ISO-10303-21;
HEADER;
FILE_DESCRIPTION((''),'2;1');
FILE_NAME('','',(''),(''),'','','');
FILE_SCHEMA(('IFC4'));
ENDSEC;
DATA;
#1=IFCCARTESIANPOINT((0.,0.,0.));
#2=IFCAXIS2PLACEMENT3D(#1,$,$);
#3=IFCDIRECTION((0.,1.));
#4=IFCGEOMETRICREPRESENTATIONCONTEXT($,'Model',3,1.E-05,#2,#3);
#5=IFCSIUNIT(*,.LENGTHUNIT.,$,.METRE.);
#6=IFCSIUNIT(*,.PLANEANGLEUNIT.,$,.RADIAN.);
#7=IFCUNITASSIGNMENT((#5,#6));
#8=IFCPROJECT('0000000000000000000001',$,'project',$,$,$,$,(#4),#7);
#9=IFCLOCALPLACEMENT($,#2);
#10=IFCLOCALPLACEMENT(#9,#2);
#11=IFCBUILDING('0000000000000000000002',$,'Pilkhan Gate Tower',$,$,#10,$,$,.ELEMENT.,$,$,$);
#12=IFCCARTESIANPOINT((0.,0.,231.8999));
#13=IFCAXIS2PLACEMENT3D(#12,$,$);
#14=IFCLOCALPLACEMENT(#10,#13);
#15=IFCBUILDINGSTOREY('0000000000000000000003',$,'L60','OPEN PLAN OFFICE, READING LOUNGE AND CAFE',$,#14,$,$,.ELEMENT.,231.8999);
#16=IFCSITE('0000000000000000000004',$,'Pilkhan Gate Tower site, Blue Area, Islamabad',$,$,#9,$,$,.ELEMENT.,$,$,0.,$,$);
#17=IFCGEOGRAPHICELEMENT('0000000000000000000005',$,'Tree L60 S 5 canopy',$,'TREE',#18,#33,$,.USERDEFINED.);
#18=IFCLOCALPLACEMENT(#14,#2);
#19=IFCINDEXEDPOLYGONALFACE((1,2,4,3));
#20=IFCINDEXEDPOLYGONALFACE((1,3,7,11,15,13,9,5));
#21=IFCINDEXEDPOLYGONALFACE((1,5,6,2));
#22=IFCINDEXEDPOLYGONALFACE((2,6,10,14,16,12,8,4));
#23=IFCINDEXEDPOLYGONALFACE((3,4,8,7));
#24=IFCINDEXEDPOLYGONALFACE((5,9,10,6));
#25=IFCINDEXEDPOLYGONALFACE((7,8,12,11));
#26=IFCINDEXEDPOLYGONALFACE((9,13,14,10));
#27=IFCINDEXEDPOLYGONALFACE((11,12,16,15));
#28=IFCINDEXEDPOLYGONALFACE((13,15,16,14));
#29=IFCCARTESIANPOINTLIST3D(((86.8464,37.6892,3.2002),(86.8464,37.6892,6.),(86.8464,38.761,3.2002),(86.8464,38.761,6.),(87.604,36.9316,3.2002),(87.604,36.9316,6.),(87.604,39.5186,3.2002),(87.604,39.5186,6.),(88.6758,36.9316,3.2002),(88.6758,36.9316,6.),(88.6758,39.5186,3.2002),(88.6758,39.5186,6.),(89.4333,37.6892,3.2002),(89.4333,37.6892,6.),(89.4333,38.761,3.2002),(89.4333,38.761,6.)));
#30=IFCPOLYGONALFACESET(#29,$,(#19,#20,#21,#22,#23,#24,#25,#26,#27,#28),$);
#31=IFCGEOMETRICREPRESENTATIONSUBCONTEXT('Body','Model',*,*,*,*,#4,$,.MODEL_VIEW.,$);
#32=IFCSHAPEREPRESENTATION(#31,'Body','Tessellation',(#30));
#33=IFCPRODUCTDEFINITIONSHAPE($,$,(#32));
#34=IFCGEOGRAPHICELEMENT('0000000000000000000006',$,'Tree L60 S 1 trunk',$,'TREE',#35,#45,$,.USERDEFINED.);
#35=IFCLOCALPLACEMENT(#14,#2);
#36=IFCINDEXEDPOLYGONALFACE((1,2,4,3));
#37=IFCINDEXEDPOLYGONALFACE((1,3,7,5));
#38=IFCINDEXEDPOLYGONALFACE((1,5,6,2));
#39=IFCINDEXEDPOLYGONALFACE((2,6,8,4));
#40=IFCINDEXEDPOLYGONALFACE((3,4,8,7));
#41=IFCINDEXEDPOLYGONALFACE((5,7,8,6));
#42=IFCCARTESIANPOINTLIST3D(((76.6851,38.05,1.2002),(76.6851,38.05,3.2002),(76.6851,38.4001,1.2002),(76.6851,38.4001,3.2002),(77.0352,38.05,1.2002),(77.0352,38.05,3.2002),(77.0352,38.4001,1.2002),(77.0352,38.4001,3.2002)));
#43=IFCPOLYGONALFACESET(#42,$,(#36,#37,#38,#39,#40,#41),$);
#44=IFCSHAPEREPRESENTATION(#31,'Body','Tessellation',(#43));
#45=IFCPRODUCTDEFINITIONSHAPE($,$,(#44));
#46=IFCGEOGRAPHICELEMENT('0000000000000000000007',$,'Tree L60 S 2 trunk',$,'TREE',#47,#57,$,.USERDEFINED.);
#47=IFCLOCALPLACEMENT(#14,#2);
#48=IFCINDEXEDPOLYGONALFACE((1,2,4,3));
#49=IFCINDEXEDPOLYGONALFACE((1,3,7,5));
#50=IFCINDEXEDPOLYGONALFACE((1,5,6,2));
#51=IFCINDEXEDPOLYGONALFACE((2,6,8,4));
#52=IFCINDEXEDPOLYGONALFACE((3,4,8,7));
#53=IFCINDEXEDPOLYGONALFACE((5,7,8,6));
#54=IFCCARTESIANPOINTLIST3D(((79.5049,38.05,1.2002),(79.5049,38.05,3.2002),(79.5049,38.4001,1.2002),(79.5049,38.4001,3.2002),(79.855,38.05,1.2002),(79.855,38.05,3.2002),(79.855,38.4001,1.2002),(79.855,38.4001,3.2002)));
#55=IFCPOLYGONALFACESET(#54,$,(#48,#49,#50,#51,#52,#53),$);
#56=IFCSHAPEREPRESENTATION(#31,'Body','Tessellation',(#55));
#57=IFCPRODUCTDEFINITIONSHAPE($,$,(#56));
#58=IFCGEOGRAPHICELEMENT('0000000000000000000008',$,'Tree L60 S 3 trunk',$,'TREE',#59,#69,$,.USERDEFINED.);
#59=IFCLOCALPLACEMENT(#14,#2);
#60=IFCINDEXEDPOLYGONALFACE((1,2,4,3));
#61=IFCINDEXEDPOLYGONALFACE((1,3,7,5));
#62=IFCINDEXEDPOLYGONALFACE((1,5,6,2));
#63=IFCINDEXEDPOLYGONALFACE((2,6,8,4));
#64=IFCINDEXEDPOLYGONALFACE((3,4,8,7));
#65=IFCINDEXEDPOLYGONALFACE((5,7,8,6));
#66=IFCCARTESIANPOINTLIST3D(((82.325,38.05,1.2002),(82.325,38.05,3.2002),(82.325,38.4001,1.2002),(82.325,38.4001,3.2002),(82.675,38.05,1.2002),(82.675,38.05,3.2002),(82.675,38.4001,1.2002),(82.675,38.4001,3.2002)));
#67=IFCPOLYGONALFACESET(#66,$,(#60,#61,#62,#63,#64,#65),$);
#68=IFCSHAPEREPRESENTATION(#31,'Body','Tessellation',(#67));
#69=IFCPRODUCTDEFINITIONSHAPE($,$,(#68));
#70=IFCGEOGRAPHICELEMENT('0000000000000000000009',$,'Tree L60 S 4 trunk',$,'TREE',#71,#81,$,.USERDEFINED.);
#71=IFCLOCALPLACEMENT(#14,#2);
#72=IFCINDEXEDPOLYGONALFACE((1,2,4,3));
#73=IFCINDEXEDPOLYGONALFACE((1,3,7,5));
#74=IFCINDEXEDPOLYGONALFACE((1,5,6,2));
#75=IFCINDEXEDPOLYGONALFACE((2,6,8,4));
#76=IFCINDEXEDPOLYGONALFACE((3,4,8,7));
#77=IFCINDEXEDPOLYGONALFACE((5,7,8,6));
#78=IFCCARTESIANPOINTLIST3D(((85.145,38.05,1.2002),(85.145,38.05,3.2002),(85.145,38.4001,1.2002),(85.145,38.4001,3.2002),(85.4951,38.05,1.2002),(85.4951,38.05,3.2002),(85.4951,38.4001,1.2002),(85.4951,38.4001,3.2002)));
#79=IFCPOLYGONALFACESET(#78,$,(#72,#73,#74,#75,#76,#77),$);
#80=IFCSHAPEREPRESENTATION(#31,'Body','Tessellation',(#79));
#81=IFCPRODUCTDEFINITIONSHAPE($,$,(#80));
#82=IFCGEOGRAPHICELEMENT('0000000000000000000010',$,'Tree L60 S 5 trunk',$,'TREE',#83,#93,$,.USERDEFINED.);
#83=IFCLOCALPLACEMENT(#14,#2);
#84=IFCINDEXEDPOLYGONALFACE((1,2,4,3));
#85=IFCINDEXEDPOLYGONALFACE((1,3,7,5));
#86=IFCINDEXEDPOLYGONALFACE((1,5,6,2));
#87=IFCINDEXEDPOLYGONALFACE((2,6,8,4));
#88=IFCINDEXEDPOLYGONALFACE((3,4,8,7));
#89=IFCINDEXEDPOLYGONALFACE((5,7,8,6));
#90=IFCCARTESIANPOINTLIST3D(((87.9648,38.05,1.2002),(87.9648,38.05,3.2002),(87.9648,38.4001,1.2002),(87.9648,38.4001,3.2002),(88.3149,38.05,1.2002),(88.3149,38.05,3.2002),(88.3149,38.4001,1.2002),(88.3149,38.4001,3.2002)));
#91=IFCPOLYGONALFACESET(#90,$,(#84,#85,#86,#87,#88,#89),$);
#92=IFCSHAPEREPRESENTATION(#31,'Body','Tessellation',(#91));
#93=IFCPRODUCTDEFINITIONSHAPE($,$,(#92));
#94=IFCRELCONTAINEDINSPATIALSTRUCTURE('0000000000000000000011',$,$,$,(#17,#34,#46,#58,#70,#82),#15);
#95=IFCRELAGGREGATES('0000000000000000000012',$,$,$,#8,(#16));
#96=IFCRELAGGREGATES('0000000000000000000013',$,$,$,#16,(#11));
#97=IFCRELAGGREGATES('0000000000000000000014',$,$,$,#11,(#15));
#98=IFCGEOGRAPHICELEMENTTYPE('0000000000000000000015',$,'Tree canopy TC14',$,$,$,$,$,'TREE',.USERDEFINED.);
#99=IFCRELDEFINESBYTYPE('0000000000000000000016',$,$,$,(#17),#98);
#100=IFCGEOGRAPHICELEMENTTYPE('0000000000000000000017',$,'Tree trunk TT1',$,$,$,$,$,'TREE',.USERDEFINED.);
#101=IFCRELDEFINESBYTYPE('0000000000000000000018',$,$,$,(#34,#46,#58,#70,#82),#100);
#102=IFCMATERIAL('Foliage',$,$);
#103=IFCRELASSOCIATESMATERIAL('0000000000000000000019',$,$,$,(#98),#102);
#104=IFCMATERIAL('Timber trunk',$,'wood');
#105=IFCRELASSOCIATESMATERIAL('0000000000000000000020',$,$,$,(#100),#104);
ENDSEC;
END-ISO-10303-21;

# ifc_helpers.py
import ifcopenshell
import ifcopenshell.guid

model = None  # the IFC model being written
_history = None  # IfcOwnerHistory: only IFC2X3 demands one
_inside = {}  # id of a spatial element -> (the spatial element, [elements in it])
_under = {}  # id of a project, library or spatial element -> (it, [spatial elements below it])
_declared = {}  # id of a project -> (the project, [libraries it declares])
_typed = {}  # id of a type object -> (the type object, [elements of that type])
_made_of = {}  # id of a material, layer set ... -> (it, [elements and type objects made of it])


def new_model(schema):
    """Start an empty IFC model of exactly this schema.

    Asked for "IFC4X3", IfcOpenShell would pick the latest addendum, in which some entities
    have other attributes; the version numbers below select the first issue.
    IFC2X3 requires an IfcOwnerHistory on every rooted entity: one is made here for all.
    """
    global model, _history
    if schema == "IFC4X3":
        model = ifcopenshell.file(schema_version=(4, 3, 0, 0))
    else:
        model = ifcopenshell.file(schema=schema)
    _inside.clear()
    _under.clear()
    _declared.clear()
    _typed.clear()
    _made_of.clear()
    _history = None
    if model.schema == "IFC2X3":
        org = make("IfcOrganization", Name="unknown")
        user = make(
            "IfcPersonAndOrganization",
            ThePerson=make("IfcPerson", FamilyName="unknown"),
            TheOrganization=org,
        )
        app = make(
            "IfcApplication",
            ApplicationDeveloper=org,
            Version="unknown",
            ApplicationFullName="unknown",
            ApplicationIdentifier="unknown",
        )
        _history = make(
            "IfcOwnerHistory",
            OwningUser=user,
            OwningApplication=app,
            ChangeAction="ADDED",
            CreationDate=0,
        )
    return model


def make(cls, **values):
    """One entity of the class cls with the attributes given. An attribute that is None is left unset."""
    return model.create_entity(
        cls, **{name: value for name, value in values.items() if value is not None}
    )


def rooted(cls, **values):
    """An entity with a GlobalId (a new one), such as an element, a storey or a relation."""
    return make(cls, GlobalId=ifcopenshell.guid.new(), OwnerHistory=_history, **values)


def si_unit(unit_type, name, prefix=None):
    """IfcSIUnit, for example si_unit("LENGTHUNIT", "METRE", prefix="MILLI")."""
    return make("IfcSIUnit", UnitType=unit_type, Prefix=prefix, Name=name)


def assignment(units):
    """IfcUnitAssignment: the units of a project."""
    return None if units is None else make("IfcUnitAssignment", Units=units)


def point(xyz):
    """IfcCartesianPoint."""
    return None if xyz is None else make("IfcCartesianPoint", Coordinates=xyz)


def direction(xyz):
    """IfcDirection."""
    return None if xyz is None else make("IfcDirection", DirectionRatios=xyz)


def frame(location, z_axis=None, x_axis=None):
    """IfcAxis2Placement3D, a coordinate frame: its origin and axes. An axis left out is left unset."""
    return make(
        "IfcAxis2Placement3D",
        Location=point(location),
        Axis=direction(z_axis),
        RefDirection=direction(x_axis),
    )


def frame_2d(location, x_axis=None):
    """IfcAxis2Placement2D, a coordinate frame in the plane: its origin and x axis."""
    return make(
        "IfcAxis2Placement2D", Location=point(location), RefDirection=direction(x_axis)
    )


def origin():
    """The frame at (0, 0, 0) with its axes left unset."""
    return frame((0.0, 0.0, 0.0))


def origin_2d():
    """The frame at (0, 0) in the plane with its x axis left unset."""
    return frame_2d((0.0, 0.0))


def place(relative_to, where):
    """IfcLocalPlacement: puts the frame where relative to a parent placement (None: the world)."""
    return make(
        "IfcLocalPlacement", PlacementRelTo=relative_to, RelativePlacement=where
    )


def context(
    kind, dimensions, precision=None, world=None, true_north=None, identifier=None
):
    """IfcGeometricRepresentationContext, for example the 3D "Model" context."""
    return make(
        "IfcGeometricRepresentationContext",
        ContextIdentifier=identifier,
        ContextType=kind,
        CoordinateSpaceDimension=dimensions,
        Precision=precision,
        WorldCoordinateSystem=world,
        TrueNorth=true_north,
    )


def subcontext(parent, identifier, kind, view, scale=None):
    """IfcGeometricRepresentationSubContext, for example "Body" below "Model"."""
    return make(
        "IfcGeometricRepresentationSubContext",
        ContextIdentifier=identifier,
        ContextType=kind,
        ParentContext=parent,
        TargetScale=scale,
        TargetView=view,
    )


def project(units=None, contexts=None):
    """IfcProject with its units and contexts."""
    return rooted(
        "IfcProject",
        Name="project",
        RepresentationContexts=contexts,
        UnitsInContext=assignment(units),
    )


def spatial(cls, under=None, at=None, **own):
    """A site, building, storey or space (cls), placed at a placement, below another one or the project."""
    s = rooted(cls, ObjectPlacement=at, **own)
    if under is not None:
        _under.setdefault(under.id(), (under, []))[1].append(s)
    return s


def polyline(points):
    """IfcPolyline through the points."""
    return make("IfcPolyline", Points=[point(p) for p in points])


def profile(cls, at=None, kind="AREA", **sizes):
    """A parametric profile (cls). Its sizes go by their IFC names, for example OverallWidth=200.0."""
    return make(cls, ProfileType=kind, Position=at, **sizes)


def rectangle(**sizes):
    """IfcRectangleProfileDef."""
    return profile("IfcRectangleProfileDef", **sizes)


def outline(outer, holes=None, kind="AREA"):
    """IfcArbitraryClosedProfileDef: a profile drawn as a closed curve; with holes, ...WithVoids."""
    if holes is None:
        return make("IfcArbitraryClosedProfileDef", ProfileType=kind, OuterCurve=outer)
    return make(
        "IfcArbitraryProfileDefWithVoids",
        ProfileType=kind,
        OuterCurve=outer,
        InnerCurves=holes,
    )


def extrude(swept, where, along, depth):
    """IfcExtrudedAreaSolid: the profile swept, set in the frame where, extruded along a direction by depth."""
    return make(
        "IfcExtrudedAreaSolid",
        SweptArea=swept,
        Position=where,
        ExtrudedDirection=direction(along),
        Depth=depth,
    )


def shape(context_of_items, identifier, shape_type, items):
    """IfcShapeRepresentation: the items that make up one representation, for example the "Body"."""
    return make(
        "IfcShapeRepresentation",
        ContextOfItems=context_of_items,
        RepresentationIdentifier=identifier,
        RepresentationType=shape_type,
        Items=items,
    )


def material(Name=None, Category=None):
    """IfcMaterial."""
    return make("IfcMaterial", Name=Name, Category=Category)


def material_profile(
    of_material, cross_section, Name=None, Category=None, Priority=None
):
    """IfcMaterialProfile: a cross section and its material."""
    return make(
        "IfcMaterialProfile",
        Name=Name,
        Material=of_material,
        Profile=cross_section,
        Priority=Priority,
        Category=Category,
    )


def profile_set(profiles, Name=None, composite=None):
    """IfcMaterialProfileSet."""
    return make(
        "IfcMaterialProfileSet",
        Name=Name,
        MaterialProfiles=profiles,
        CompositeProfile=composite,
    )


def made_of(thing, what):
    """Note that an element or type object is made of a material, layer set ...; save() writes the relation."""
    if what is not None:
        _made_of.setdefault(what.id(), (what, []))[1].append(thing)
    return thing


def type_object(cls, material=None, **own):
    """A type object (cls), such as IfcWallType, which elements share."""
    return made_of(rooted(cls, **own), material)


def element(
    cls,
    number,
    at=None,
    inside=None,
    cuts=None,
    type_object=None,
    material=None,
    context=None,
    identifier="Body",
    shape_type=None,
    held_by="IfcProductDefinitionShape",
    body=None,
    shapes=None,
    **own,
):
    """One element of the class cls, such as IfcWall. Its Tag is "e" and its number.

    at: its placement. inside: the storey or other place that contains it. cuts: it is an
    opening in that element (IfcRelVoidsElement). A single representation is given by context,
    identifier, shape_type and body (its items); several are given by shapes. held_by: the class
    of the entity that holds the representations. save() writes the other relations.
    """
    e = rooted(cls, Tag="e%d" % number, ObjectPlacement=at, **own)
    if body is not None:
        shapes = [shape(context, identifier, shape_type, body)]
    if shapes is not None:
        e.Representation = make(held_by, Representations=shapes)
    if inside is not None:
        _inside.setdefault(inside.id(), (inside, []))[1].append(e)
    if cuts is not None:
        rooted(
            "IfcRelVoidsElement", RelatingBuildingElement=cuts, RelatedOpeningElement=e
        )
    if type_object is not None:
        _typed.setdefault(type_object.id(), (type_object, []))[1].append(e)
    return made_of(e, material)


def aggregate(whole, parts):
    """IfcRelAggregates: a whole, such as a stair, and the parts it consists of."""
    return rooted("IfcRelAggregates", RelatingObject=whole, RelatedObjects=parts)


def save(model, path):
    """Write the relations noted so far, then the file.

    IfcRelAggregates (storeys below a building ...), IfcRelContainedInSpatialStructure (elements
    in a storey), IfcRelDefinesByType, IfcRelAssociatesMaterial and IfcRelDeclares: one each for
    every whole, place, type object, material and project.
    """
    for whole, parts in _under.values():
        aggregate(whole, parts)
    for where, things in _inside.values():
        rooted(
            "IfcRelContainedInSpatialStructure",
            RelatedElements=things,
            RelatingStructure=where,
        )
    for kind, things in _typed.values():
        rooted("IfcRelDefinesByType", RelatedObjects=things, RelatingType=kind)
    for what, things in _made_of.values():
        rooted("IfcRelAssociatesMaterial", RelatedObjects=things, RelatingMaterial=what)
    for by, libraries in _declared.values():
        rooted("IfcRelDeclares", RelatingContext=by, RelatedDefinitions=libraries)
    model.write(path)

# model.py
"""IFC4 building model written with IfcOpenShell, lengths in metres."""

from ifc_helpers import new_model, si_unit, direction, frame, origin, origin_2d, place, context, subcontext, project, spatial, polyline, rectangle, outline, extrude, material, material_profile, profile_set, type_object, element, save


model = new_model("IFC4")

# Units and contexts
model_context = context("Model", 3, precision=1e-05, world=origin(), true_north=direction((0.0, 1.0)))
body_context = subcontext(model_context, "Body", "Model", "MODEL_VIEW")
ifc_project = project(units=[si_unit("LENGTHUNIT", "METRE"), si_unit("PLANEANGLEUNIT", "RADIAN")], contexts=[model_context])

# Site, building, storey
site_placement = place(None, origin())
site = spatial("IfcSite", under=ifc_project, at=site_placement, Name="Pilkhan Gate Tower site, Blue Area, Islamabad", CompositionType="ELEMENT", RefElevation=0.0)
building_placement = place(site_placement, origin())
building = spatial("IfcBuilding", under=site, at=building_placement, Name="Pilkhan Gate Tower", CompositionType="ELEMENT")
storey_placement = place(building_placement, frame((0.0, 0.0, 231.8999)))
storey = spatial("IfcBuildingStorey", under=building, at=storey_placement, Name="L60", Description="OPEN PLAN OFFICE, READING LOUNGE AND CAFE", CompositionType="ELEMENT", Elevation=231.8999)

# Geographic elements
ifc_material_1 = material(Name="Foliage")
ifc_material_profile_1 = material_profile(ifc_material_1, outline(polyline([(1.2935, 0.5359), (0.5359, 1.2935), (-0.5359, 1.2935), (-1.2935, 0.5359), (-1.2935, -0.5359), (-0.5359, -1.2935), (0.5359, -1.2935), (1.2935, -0.5359), (1.2935, 0.5359)])), Name="Canopy D2.8")
ifc_profile_set_1 = profile_set([ifc_material_profile_1], Name="Foliage")
geographic_element_type_1 = type_object("IfcGeographicElementType", Name="Tree canopy TC14", ElementType="TREE", PredefinedType="USERDEFINED", material=ifc_profile_set_1)
for number, where, z_axis, x_axis, name in (
    (1, (88.1399, 38.2251, 3.2002), (0.0, 0.0, 1.0), (1.0, 0.0, 0.0), "Tree L60 S 5 canopy"),
):
    element("IfcGeographicElement", number, at=place(storey_placement, frame(where, z_axis=z_axis, x_axis=x_axis)), inside=storey, type_object=geographic_element_type_1, Name=name, ObjectType="TREE", PredefinedType="USERDEFINED", context=body_context, shape_type="SweptSolid", body=[
        extrude(outline(polyline([(1.2935, 0.5359), (0.5359, 1.2935), (-0.5359, 1.2935), (-1.2935, 0.5359), (-1.2935, -0.5359), (-0.5359, -1.2935), (0.5359, -1.2935), (1.2935, -0.5359), (1.2935, 0.5359)])), origin(), (0.0, 0.0, 1.0), 2.7998),
    ])
ifc_material_2 = material(Name="Timber trunk", Category="wood")
geographic_element_type_2 = type_object("IfcGeographicElementType", Name="Tree trunk TT1", ElementType="TREE", PredefinedType="USERDEFINED", material=ifc_material_2)
for number, where, z_axis, x_axis, name in (
    (2, (76.8601, 38.2251, 1.2002), (0.0, 0.0, 1.0), (1.0, 0.0, 0.0), "Tree L60 S 1 trunk"),
    (3, (79.6799, 38.2251, 1.2002), (0.0, 0.0, 1.0), (1.0, 0.0, 0.0), "Tree L60 S 2 trunk"),
    (4, (82.5, 38.2251, 1.2002), (0.0, 0.0, 1.0), (1.0, 0.0, 0.0), "Tree L60 S 3 trunk"),
    (5, (85.3201, 38.2251, 1.2002), (0.0, 0.0, 1.0), (1.0, 0.0, 0.0), "Tree L60 S 4 trunk"),
    (6, (88.1399, 38.2251, 1.2002), (0.0, 0.0, 1.0), (1.0, 0.0, 0.0), "Tree L60 S 5 trunk"),
):
    element("IfcGeographicElement", number, at=place(storey_placement, frame(where, z_axis=z_axis, x_axis=x_axis)), inside=storey, type_object=geographic_element_type_2, Name=name, ObjectType="TREE", PredefinedType="USERDEFINED", context=body_context, shape_type="SweptSolid", body=[
        extrude(rectangle(XDim=0.3501, YDim=0.3501, at=origin_2d()), origin(), (0.0, 0.0, 1.0), 2.0),
    ])

save(model, "model.ifc")
